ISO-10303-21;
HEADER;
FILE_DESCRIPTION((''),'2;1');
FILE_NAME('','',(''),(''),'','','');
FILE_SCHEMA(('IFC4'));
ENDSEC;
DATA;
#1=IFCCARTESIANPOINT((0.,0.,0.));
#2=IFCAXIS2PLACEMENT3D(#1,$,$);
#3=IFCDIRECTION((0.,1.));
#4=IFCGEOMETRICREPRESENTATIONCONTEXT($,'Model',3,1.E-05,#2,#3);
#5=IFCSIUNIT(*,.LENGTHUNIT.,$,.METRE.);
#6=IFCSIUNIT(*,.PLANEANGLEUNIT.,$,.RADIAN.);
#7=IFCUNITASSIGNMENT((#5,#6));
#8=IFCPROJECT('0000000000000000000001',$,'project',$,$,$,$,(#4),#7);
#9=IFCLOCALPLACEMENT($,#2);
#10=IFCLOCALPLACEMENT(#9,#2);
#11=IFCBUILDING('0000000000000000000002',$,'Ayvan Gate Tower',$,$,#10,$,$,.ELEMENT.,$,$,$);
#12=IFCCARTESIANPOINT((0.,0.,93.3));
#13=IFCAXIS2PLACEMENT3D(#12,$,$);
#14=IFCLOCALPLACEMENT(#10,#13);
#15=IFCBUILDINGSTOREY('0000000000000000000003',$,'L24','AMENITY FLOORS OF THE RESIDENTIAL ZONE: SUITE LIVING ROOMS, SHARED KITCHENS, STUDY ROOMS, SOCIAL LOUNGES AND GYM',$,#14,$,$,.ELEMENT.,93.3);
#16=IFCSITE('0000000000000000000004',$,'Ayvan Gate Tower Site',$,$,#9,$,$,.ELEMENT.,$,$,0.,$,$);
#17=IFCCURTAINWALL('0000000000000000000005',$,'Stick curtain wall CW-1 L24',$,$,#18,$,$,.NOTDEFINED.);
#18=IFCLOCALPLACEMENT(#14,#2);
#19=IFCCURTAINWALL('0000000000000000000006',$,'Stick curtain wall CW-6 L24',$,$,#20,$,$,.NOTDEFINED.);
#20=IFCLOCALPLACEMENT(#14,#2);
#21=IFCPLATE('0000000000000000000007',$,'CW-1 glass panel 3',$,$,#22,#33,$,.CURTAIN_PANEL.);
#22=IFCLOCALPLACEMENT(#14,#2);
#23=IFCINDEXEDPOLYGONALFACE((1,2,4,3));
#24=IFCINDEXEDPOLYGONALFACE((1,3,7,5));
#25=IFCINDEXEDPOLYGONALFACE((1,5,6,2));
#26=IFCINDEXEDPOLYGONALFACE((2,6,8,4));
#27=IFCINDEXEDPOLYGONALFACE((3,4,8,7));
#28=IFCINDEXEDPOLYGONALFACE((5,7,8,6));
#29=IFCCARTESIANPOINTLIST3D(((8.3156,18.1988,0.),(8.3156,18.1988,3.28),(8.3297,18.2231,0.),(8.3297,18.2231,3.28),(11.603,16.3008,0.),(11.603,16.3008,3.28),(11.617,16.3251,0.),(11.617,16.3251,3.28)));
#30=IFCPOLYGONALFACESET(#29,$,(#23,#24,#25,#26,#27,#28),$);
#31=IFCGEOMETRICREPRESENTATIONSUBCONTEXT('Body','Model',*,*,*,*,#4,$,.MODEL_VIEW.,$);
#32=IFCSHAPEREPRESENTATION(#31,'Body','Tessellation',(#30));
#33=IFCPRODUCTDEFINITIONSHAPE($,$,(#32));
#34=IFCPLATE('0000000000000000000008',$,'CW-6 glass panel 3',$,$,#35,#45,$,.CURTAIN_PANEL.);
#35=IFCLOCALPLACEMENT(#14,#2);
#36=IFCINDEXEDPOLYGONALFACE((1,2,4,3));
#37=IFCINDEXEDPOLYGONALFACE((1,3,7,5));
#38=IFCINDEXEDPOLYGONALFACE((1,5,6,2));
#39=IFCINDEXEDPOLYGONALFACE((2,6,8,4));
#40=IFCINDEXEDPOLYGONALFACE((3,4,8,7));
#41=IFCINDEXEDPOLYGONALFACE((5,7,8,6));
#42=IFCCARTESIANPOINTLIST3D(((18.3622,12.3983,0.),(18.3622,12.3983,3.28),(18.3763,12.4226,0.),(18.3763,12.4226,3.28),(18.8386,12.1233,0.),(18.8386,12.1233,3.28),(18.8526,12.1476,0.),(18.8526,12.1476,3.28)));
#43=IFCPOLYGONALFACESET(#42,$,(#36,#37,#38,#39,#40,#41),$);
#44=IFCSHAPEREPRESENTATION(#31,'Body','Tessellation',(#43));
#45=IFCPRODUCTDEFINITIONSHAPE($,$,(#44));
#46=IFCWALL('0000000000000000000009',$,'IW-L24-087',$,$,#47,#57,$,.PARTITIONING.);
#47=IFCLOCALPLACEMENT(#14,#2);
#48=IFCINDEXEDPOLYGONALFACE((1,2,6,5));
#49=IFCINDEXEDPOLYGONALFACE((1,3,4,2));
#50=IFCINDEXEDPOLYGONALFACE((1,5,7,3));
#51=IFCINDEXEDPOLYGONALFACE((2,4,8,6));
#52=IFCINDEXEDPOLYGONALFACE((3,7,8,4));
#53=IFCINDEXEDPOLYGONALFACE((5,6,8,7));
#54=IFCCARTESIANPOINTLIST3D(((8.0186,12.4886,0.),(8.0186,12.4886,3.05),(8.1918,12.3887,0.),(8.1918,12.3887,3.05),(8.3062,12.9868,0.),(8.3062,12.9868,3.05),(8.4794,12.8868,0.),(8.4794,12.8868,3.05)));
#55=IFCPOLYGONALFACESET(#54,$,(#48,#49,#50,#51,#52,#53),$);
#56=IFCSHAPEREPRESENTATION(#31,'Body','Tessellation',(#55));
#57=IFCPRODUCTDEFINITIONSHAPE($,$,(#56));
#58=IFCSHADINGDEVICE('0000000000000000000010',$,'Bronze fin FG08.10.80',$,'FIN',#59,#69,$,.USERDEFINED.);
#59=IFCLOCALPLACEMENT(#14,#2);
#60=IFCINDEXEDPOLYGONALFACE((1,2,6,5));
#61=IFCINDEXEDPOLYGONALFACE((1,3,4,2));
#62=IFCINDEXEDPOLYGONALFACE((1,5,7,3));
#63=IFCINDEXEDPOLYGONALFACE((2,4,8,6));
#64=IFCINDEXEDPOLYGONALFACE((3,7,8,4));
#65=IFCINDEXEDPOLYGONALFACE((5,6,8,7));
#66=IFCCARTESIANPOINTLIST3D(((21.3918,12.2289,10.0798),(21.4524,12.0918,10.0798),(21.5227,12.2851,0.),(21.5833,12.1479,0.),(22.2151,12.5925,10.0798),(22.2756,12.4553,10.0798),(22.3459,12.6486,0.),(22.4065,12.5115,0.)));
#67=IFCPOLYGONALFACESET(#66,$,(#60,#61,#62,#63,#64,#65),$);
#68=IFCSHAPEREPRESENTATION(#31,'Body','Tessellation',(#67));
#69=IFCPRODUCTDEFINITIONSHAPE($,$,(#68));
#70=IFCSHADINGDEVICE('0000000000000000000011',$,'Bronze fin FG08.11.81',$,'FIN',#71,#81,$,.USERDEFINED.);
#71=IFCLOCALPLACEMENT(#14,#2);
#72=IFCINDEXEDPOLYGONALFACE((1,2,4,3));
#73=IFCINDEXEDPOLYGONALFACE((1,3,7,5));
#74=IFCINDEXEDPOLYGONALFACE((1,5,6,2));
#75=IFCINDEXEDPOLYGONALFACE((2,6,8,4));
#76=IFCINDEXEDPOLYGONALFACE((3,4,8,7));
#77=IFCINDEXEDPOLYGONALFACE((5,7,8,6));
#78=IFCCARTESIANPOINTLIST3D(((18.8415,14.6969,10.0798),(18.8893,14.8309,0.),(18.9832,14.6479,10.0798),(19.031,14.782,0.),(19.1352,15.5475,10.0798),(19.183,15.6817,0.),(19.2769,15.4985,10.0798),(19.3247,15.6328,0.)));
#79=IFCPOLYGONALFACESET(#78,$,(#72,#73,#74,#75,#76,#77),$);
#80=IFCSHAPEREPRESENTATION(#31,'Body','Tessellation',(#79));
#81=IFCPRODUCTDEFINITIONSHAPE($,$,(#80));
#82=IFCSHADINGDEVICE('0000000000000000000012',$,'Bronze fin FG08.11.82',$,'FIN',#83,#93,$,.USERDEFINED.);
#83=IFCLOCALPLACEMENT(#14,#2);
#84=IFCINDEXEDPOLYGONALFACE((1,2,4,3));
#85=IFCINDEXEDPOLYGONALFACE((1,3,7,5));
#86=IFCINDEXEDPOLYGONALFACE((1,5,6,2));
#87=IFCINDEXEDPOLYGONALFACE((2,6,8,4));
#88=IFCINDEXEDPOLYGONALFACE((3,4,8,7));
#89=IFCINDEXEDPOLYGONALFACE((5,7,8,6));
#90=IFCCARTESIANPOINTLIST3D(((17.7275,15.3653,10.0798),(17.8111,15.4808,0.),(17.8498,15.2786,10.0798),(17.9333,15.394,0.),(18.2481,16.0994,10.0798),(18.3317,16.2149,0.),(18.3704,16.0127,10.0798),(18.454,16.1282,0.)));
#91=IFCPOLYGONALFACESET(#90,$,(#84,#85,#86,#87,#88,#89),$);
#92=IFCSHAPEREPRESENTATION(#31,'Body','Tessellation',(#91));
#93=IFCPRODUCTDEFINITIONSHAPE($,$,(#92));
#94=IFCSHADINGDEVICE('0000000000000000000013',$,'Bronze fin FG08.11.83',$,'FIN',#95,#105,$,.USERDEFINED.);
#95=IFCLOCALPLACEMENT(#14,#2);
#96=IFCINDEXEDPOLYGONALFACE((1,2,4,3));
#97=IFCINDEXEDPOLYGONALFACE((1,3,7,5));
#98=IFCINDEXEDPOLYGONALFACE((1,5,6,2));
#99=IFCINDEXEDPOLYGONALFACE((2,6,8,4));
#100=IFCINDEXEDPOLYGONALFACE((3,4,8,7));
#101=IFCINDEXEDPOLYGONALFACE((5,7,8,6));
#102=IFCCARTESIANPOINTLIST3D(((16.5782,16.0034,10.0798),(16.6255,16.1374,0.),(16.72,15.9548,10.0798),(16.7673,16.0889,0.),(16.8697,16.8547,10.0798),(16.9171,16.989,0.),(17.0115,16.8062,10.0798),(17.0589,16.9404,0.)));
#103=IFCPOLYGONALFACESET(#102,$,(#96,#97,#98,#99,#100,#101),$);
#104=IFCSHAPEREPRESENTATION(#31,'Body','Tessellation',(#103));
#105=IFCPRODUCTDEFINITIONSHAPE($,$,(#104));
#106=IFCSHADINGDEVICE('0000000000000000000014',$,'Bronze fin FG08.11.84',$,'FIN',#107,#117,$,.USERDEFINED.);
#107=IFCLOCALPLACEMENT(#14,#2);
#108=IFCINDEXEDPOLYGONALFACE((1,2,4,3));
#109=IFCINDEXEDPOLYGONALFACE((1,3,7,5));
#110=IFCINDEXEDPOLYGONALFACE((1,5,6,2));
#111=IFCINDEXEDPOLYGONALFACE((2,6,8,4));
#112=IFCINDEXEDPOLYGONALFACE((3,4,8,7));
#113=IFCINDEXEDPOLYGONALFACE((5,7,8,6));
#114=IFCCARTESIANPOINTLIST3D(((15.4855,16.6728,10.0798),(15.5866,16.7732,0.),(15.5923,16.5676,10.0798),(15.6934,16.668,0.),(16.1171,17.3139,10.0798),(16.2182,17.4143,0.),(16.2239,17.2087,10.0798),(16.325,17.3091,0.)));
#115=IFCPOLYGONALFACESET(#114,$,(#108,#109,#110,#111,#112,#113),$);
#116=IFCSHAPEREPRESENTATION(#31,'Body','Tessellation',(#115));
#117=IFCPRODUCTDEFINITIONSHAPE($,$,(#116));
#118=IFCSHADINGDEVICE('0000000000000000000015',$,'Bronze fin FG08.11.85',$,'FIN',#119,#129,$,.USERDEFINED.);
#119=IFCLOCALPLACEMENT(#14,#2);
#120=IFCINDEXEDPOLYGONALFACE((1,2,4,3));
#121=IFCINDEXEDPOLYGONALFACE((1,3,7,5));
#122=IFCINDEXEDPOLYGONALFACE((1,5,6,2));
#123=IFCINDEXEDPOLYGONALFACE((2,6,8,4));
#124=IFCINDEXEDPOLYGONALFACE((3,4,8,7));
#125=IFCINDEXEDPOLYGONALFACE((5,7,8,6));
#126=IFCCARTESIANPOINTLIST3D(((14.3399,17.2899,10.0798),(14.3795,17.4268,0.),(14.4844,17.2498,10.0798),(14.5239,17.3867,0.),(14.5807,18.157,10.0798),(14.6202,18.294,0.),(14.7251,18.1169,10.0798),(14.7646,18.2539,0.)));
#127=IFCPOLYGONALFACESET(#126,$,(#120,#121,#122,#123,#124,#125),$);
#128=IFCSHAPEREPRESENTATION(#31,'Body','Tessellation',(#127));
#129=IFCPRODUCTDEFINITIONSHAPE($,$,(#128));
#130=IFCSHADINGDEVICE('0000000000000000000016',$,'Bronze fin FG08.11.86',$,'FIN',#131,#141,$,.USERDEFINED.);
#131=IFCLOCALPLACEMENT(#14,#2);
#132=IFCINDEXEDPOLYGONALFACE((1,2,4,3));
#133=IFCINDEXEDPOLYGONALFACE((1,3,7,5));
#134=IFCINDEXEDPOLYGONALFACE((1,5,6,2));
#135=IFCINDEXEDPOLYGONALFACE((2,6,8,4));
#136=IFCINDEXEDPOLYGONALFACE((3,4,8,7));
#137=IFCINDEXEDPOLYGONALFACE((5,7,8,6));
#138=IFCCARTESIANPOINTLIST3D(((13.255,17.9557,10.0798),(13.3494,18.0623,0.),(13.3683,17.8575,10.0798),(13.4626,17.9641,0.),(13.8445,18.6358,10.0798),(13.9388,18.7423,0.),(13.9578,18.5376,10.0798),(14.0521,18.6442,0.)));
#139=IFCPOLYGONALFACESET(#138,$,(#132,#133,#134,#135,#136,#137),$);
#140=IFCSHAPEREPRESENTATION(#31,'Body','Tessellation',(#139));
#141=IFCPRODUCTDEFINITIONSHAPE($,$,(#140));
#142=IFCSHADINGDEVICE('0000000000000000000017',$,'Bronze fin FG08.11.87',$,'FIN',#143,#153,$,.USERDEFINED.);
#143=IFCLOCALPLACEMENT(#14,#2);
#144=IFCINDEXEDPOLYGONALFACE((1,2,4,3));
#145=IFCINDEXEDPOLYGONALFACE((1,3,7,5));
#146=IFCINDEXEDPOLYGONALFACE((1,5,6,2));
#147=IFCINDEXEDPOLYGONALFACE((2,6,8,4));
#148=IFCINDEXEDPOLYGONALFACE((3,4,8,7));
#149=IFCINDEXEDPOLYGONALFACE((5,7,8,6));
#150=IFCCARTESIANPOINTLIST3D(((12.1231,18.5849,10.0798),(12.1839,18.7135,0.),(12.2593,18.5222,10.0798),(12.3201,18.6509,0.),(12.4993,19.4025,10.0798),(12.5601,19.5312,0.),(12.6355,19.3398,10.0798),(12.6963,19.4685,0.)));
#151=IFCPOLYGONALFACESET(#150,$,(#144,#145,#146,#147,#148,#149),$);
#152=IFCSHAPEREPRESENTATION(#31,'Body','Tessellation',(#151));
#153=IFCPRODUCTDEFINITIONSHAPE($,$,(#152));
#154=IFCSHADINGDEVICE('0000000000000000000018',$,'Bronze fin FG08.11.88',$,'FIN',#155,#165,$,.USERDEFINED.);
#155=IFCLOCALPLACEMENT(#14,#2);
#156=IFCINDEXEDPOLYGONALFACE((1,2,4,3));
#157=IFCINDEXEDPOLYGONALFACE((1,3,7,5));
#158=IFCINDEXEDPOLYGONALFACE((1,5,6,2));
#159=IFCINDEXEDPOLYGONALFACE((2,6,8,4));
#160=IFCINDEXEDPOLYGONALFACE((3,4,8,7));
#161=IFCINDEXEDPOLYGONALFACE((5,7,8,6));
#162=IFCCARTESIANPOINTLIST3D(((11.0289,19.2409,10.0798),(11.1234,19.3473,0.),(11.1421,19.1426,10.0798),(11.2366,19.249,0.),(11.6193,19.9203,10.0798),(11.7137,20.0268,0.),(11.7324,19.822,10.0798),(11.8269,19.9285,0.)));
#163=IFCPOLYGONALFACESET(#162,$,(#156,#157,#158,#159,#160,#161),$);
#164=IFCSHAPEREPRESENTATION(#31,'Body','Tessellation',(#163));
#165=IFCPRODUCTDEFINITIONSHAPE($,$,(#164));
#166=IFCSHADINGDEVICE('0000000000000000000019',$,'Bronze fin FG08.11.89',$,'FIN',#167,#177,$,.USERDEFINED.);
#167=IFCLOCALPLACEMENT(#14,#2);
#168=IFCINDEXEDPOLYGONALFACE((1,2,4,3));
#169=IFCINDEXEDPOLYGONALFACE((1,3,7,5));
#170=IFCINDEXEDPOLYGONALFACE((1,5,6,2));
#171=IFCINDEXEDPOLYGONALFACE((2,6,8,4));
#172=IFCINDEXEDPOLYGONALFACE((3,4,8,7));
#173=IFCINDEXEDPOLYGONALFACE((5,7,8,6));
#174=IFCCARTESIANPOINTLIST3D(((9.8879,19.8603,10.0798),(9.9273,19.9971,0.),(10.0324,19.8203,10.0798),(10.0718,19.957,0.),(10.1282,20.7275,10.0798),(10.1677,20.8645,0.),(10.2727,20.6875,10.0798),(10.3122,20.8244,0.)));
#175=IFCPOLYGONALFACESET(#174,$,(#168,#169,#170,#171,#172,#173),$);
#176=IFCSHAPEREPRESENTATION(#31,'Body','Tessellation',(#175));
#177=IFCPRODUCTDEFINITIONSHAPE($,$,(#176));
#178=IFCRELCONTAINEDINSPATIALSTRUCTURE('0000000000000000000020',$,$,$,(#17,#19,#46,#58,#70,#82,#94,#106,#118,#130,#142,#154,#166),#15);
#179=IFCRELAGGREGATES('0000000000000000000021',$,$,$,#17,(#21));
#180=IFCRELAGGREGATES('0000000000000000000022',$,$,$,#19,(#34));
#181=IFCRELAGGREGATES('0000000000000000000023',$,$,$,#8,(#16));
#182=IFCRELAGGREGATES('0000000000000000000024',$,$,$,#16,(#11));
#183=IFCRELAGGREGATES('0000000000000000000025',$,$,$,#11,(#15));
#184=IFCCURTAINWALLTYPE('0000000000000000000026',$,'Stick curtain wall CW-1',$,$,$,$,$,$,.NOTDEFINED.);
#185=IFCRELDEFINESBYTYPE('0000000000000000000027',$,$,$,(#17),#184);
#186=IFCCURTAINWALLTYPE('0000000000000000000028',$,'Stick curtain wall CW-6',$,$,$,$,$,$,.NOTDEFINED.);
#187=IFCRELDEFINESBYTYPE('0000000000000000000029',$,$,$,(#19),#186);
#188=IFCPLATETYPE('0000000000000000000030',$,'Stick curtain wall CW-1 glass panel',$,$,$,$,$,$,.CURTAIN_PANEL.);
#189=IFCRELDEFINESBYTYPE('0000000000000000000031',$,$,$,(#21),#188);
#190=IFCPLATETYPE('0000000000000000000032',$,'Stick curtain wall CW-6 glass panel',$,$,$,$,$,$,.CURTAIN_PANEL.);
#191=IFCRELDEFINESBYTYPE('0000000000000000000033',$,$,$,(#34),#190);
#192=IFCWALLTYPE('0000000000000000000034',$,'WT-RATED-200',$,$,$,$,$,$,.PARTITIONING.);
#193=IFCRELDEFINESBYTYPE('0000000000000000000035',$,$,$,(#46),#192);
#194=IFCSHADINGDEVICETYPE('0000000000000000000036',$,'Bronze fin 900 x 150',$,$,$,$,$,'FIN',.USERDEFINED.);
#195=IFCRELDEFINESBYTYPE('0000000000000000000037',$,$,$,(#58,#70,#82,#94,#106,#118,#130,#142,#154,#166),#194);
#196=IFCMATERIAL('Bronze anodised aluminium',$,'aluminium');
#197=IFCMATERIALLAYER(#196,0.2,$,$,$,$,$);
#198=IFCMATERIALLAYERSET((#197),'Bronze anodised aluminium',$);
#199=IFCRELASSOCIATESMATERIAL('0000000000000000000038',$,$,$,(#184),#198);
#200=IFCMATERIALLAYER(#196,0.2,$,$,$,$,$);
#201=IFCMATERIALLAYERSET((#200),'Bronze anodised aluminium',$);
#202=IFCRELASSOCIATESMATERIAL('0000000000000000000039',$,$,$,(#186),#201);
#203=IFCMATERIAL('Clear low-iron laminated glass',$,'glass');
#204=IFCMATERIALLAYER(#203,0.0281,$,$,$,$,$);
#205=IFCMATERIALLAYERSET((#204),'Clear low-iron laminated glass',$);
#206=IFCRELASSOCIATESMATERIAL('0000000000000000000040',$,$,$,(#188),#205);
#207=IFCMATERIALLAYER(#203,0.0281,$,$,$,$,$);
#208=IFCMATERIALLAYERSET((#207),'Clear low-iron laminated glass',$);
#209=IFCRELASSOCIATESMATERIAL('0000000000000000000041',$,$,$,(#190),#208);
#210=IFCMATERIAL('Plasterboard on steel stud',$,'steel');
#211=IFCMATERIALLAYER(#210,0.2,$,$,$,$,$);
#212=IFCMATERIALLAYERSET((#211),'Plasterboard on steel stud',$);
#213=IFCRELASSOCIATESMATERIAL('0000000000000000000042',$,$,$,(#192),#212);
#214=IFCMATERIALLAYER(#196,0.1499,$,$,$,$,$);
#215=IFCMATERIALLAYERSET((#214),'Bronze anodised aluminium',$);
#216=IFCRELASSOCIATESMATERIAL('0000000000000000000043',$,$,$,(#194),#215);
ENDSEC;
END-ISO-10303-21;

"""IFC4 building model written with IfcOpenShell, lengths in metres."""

from ifc_helpers import new_model, si_unit, direction, frame, frame_2d, origin, origin_2d, place, context, subcontext, project, spatial, polyline, rectangle, outline, extrude, material, layer, layer_set, type_object, element, aggregate, save


model = new_model("IFC4")

# Units and contexts
model_context = context("Model", 3, precision=1e-05, world=origin(), true_north=direction((0.0, 1.0)))
body_context = subcontext(model_context, "Body", "Model", "MODEL_VIEW")
ifc_project = project(units=[si_unit("LENGTHUNIT", "METRE"), si_unit("PLANEANGLEUNIT", "RADIAN")], contexts=[model_context])

# Site, building, storey
site_placement = place(None, origin())
site = spatial("IfcSite", under=ifc_project, at=site_placement, Name="Ayvan Gate Tower Site", CompositionType="ELEMENT", RefElevation=0.0)
building_placement = place(site_placement, origin())
building = spatial("IfcBuilding", under=site, at=building_placement, Name="Ayvan Gate Tower", CompositionType="ELEMENT")
storey_placement = place(building_placement, frame((0.0, 0.0, 93.3)))
storey = spatial("IfcBuildingStorey", under=building, at=storey_placement, Name="L24", Description="AMENITY FLOORS OF THE RESIDENTIAL ZONE: SUITE LIVING ROOMS, SHARED KITCHENS, STUDY ROOMS, SOCIAL LOUNGES AND GYM", CompositionType="ELEMENT", Elevation=93.3)

# Curtain walls
ifc_material_1 = material(Name="Bronze anodised aluminium", Category="aluminium")
ifc_layer_1 = layer(ifc_material_1, 0.2)
ifc_layer_set_1 = layer_set([ifc_layer_1], Name="Bronze anodised aluminium")
curtain_wall_type_1 = type_object("IfcCurtainWallType", Name="Stick curtain wall CW-1", PredefinedType="NOTDEFINED", material=ifc_layer_set_1)
curtain_wall_1_placement = place(storey_placement, origin())
curtain_wall_1 = element("IfcCurtainWall", 1, at=curtain_wall_1_placement, inside=storey, type_object=curtain_wall_type_1, Name="Stick curtain wall CW-1 L24", PredefinedType="NOTDEFINED")
ifc_layer_2 = layer(ifc_material_1, 0.2)
ifc_layer_set_2 = layer_set([ifc_layer_2], Name="Bronze anodised aluminium")
curtain_wall_type_2 = type_object("IfcCurtainWallType", Name="Stick curtain wall CW-6", PredefinedType="NOTDEFINED", material=ifc_layer_set_2)
curtain_wall_2_placement = place(storey_placement, origin())
curtain_wall_2 = element("IfcCurtainWall", 2, at=curtain_wall_2_placement, inside=storey, type_object=curtain_wall_type_2, Name="Stick curtain wall CW-6 L24", PredefinedType="NOTDEFINED")

# Plates
ifc_material_2 = material(Name="Clear low-iron laminated glass", Category="glass")
ifc_layer_3 = layer(ifc_material_2, 0.0281)
ifc_layer_set_3 = layer_set([ifc_layer_3], Name="Clear low-iron laminated glass")
plate_type_1 = type_object("IfcPlateType", Name="Stick curtain wall CW-1 glass panel", PredefinedType="CURTAIN_PANEL", material=ifc_layer_set_3)
plate_1_placement = place(storey_placement, frame((9.9663, 17.262, 0.0), z_axis=(0.0, 0.0, 1.0), x_axis=(-0.866025, 0.5, 0.0)))
plate_1 = element("IfcPlate", 3, at=plate_1_placement, type_object=plate_type_1, Name="CW-1 glass panel 3", PredefinedType="CURTAIN_PANEL", context=body_context, shape_type="SweptSolid", body=[
    extrude(rectangle(XDim=3.7959, YDim=0.0281, at=origin_2d()), origin(), (0.0, 0.0, 1.0), 3.28),
])
aggregate(curtain_wall_1, [plate_1])
ifc_layer_4 = layer(ifc_material_2, 0.0281)
ifc_layer_set_4 = layer_set([ifc_layer_4], Name="Clear low-iron laminated glass")
plate_type_2 = type_object("IfcPlateType", Name="Stick curtain wall CW-6 glass panel", PredefinedType="CURTAIN_PANEL", material=ifc_layer_set_4)
plate_2_placement = place(storey_placement, frame((18.6074, 12.2729, 0.0), z_axis=(0.0, 0.0, 1.0), x_axis=(-0.866025, 0.5, 0.0)))
plate_2 = element("IfcPlate", 4, at=plate_2_placement, type_object=plate_type_2, Name="CW-6 glass panel 3", PredefinedType="CURTAIN_PANEL", context=body_context, shape_type="SweptSolid", body=[
    extrude(rectangle(XDim=0.55, YDim=0.0281, at=origin_2d()), origin(), (0.0, 0.0, 1.0), 3.28),
])
aggregate(curtain_wall_2, [plate_2])

# Wall
ifc_material_3 = material(Name="Plasterboard on steel stud", Category="steel")
ifc_layer_5 = layer(ifc_material_3, 0.2)
ifc_layer_set_5 = layer_set([ifc_layer_5], Name="Plasterboard on steel stud")
wall_type = type_object("IfcWallType", Name="WT-RATED-200", PredefinedType="PARTITIONING", material=ifc_layer_set_5)
wall_placement = place(storey_placement, frame((8.3928, 12.9368, 0.0), z_axis=(0.0, 0.0, 1.0), x_axis=(-0.500065, -0.865988, 0.0)))
element("IfcWall", 5, at=wall_placement, inside=storey, type_object=wall_type, Name="IW-L24-087", PredefinedType="PARTITIONING", context=body_context, shape_type="SweptSolid", body=[
    extrude(rectangle(XDim=0.5752, YDim=0.2, at=frame_2d((0.2876, 0.0))), origin(), (0.0, 0.0, 1.0), 3.05),
])

# Shading devices
ifc_layer_6 = layer(ifc_material_1, 0.1499)
ifc_layer_set_6 = layer_set([ifc_layer_6], Name="Bronze anodised aluminium")
shading_device_type = type_object("IfcShadingDeviceType", Name="Bronze fin 900 x 150", ElementType="FIN", PredefinedType="USERDEFINED", material=ifc_layer_set_6)
shading_device_1_placement = place(storey_placement, frame((21.5833, 12.1479, 0.0), z_axis=(0.403947, -0.914782, 0.000148), x_axis=(0.914782, 0.403947, 0.0)))
element("IfcShadingDevice", 6, at=shading_device_1_placement, inside=storey, type_object=shading_device_type, Name="Bronze fin FG08.10.80", ObjectType="FIN", PredefinedType="USERDEFINED", context=body_context, shape_type="SweptSolid", body=[
    extrude(outline(polyline([(0.0, 0.0), (0.8999, 0.0), (0.7575, 10.0798), (-0.1424, 10.0798), (0.0, 0.0)])), origin(), (0.0, 0.0, -1.0), 0.1499),
])
shading_device_2_placement = place(storey_placement, frame((19.031, 14.782, 0.0), z_axis=(0.945252, -0.326342, 0.000144), x_axis=(0.326342, 0.945252, 0.0)))
element("IfcShadingDevice", 7, at=shading_device_2_placement, inside=storey, type_object=shading_device_type, Name="Bronze fin FG08.11.81", ObjectType="FIN", PredefinedType="USERDEFINED", context=body_context, shape_type="SweptSolid", body=[
    extrude(outline(polyline([(0.0, 0.0), (0.9001, 0.0), (0.7576, 10.0798), (-0.1423, 10.0798), (0.0, 0.0)])), origin(), (0.0, 0.0, -1.0), 0.1499),
])
shading_device_3_placement = place(storey_placement, frame((17.9333, 15.394, 0.0), z_axis=(0.815699, -0.578476, 0.000139), x_axis=(0.578476, 0.815699, 0.0)))
element("IfcShadingDevice", 8, at=shading_device_3_placement, inside=storey, type_object=shading_device_type, Name="Bronze fin FG08.11.82", ObjectType="FIN", PredefinedType="USERDEFINED", context=body_context, shape_type="SweptSolid", body=[
    extrude(outline(polyline([(0.0, 0.0), (0.9001, 0.0), (0.7574, 10.0798), (-0.1425, 10.0798), (0.0, 0.0)])), origin(), (0.0, 0.0, -1.0), 0.1499),
])
shading_device_4_placement = place(storey_placement, frame((16.7673, 16.0889, 0.0), z_axis=(0.946089, -0.323908, 0.000135), x_axis=(0.323908, 0.946089, 0.0)))
element("IfcShadingDevice", 9, at=shading_device_4_placement, inside=storey, type_object=shading_device_type, Name="Bronze fin FG08.11.83", ObjectType="FIN", PredefinedType="USERDEFINED", context=body_context, shape_type="SweptSolid", body=[
    extrude(outline(polyline([(0.0, 0.0), (0.9001, 0.0), (0.7577, 10.0798), (-0.1421, 10.0798), (0.0, 0.0)])), origin(), (0.0, 0.0, -1.0), 0.1499),
])
shading_device_5_placement = place(storey_placement, frame((15.6934, 16.668, 0.0), z_axis=(0.712377, -0.701797, 0.000157), x_axis=(0.701797, 0.712377, 0.0)))
element("IfcShadingDevice", 10, at=shading_device_5_placement, inside=storey, type_object=shading_device_type, Name="Bronze fin FG08.11.84", ObjectType="FIN", PredefinedType="USERDEFINED", context=body_context, shape_type="SweptSolid", body=[
    extrude(outline(polyline([(0.0, 0.0), (0.9, 0.0), (0.7575, 10.0798), (-0.1424, 10.0798), (0.0, 0.0)])), origin(), (0.0, 0.0, -1.0), 0.1499),
])
shading_device_6_placement = place(storey_placement, frame((14.5239, 17.3867, 0.0), z_axis=(0.963565, -0.267476, 0.000146), x_axis=(0.267476, 0.963565, 0.0)))
element("IfcShadingDevice", 11, at=shading_device_6_placement, inside=storey, type_object=shading_device_type, Name="Bronze fin FG08.11.85", ObjectType="FIN", PredefinedType="USERDEFINED", context=body_context, shape_type="SweptSolid", body=[
    extrude(outline(polyline([(0.0, 0.0), (0.9, 0.0), (0.7574, 10.0798), (-0.1426, 10.0798), (0.0, 0.0)])), origin(), (0.0, 0.0, -1.0), 0.1499),
])
shading_device_7_placement = place(storey_placement, frame((13.4626, 17.9641, 0.0), z_axis=(0.755635, -0.654992, 0.000149), x_axis=(0.654993, 0.755635, 0.0)))
element("IfcShadingDevice", 12, at=shading_device_7_placement, inside=storey, type_object=shading_device_type, Name="Bronze fin FG08.11.86", ObjectType="FIN", PredefinedType="USERDEFINED", context=body_context, shape_type="SweptSolid", body=[
    extrude(outline(polyline([(0.0, 0.0), (0.9, 0.0), (0.7576, 10.0798), (-0.1423, 10.0798), (0.0, 0.0)])), origin(), (0.0, 0.0, -1.0), 0.1499),
])
shading_device_8_placement = place(storey_placement, frame((12.3201, 18.6509, 0.0), z_axis=(0.908443, -0.418009, 0.000143), x_axis=(0.418009, 0.908443, 0.0)))
element("IfcShadingDevice", 13, at=shading_device_8_placement, inside=storey, type_object=shading_device_type, Name="Bronze fin FG08.11.87", ObjectType="FIN", PredefinedType="USERDEFINED", context=body_context, shape_type="SweptSolid", body=[
    extrude(outline(polyline([(0.0, 0.0), (0.9, 0.0), (0.7577, 10.0798), (-0.1423, 10.0798), (0.0, 0.0)])), origin(), (0.0, 0.0, -1.0), 0.1499),
])
shading_device_9_placement = place(storey_placement, frame((11.2366, 19.249, 0.0), z_axis=(0.754874, -0.65587, 0.00015), x_axis=(0.65587, 0.754874, 0.0)))
element("IfcShadingDevice", 14, at=shading_device_9_placement, inside=storey, type_object=shading_device_type, Name="Bronze fin FG08.11.88", ObjectType="FIN", PredefinedType="USERDEFINED", context=body_context, shape_type="SweptSolid", body=[
    extrude(outline(polyline([(0.0, 0.0), (0.9001, 0.0), (0.7578, 10.0798), (-0.1423, 10.0798), (0.0, 0.0)])), origin(), (0.0, 0.0, -1.0), 0.1499),
])
shading_device_10_placement = place(storey_placement, frame((10.0718, 19.957, 0.0), z_axis=(0.963679, -0.267063, 0.000144), x_axis=(0.267063, 0.963679, 0.0)))
element("IfcShadingDevice", 15, at=shading_device_10_placement, inside=storey, type_object=shading_device_type, Name="Bronze fin FG08.11.89", ObjectType="FIN", PredefinedType="USERDEFINED", context=body_context, shape_type="SweptSolid", body=[
    extrude(outline(polyline([(0.0, 0.0), (0.9001, 0.0), (0.7576, 10.0798), (-0.1423, 10.0798), (0.0, 0.0)])), origin(), (0.0, 0.0, -1.0), 0.1499),
])

save(model, "model.ifc")
